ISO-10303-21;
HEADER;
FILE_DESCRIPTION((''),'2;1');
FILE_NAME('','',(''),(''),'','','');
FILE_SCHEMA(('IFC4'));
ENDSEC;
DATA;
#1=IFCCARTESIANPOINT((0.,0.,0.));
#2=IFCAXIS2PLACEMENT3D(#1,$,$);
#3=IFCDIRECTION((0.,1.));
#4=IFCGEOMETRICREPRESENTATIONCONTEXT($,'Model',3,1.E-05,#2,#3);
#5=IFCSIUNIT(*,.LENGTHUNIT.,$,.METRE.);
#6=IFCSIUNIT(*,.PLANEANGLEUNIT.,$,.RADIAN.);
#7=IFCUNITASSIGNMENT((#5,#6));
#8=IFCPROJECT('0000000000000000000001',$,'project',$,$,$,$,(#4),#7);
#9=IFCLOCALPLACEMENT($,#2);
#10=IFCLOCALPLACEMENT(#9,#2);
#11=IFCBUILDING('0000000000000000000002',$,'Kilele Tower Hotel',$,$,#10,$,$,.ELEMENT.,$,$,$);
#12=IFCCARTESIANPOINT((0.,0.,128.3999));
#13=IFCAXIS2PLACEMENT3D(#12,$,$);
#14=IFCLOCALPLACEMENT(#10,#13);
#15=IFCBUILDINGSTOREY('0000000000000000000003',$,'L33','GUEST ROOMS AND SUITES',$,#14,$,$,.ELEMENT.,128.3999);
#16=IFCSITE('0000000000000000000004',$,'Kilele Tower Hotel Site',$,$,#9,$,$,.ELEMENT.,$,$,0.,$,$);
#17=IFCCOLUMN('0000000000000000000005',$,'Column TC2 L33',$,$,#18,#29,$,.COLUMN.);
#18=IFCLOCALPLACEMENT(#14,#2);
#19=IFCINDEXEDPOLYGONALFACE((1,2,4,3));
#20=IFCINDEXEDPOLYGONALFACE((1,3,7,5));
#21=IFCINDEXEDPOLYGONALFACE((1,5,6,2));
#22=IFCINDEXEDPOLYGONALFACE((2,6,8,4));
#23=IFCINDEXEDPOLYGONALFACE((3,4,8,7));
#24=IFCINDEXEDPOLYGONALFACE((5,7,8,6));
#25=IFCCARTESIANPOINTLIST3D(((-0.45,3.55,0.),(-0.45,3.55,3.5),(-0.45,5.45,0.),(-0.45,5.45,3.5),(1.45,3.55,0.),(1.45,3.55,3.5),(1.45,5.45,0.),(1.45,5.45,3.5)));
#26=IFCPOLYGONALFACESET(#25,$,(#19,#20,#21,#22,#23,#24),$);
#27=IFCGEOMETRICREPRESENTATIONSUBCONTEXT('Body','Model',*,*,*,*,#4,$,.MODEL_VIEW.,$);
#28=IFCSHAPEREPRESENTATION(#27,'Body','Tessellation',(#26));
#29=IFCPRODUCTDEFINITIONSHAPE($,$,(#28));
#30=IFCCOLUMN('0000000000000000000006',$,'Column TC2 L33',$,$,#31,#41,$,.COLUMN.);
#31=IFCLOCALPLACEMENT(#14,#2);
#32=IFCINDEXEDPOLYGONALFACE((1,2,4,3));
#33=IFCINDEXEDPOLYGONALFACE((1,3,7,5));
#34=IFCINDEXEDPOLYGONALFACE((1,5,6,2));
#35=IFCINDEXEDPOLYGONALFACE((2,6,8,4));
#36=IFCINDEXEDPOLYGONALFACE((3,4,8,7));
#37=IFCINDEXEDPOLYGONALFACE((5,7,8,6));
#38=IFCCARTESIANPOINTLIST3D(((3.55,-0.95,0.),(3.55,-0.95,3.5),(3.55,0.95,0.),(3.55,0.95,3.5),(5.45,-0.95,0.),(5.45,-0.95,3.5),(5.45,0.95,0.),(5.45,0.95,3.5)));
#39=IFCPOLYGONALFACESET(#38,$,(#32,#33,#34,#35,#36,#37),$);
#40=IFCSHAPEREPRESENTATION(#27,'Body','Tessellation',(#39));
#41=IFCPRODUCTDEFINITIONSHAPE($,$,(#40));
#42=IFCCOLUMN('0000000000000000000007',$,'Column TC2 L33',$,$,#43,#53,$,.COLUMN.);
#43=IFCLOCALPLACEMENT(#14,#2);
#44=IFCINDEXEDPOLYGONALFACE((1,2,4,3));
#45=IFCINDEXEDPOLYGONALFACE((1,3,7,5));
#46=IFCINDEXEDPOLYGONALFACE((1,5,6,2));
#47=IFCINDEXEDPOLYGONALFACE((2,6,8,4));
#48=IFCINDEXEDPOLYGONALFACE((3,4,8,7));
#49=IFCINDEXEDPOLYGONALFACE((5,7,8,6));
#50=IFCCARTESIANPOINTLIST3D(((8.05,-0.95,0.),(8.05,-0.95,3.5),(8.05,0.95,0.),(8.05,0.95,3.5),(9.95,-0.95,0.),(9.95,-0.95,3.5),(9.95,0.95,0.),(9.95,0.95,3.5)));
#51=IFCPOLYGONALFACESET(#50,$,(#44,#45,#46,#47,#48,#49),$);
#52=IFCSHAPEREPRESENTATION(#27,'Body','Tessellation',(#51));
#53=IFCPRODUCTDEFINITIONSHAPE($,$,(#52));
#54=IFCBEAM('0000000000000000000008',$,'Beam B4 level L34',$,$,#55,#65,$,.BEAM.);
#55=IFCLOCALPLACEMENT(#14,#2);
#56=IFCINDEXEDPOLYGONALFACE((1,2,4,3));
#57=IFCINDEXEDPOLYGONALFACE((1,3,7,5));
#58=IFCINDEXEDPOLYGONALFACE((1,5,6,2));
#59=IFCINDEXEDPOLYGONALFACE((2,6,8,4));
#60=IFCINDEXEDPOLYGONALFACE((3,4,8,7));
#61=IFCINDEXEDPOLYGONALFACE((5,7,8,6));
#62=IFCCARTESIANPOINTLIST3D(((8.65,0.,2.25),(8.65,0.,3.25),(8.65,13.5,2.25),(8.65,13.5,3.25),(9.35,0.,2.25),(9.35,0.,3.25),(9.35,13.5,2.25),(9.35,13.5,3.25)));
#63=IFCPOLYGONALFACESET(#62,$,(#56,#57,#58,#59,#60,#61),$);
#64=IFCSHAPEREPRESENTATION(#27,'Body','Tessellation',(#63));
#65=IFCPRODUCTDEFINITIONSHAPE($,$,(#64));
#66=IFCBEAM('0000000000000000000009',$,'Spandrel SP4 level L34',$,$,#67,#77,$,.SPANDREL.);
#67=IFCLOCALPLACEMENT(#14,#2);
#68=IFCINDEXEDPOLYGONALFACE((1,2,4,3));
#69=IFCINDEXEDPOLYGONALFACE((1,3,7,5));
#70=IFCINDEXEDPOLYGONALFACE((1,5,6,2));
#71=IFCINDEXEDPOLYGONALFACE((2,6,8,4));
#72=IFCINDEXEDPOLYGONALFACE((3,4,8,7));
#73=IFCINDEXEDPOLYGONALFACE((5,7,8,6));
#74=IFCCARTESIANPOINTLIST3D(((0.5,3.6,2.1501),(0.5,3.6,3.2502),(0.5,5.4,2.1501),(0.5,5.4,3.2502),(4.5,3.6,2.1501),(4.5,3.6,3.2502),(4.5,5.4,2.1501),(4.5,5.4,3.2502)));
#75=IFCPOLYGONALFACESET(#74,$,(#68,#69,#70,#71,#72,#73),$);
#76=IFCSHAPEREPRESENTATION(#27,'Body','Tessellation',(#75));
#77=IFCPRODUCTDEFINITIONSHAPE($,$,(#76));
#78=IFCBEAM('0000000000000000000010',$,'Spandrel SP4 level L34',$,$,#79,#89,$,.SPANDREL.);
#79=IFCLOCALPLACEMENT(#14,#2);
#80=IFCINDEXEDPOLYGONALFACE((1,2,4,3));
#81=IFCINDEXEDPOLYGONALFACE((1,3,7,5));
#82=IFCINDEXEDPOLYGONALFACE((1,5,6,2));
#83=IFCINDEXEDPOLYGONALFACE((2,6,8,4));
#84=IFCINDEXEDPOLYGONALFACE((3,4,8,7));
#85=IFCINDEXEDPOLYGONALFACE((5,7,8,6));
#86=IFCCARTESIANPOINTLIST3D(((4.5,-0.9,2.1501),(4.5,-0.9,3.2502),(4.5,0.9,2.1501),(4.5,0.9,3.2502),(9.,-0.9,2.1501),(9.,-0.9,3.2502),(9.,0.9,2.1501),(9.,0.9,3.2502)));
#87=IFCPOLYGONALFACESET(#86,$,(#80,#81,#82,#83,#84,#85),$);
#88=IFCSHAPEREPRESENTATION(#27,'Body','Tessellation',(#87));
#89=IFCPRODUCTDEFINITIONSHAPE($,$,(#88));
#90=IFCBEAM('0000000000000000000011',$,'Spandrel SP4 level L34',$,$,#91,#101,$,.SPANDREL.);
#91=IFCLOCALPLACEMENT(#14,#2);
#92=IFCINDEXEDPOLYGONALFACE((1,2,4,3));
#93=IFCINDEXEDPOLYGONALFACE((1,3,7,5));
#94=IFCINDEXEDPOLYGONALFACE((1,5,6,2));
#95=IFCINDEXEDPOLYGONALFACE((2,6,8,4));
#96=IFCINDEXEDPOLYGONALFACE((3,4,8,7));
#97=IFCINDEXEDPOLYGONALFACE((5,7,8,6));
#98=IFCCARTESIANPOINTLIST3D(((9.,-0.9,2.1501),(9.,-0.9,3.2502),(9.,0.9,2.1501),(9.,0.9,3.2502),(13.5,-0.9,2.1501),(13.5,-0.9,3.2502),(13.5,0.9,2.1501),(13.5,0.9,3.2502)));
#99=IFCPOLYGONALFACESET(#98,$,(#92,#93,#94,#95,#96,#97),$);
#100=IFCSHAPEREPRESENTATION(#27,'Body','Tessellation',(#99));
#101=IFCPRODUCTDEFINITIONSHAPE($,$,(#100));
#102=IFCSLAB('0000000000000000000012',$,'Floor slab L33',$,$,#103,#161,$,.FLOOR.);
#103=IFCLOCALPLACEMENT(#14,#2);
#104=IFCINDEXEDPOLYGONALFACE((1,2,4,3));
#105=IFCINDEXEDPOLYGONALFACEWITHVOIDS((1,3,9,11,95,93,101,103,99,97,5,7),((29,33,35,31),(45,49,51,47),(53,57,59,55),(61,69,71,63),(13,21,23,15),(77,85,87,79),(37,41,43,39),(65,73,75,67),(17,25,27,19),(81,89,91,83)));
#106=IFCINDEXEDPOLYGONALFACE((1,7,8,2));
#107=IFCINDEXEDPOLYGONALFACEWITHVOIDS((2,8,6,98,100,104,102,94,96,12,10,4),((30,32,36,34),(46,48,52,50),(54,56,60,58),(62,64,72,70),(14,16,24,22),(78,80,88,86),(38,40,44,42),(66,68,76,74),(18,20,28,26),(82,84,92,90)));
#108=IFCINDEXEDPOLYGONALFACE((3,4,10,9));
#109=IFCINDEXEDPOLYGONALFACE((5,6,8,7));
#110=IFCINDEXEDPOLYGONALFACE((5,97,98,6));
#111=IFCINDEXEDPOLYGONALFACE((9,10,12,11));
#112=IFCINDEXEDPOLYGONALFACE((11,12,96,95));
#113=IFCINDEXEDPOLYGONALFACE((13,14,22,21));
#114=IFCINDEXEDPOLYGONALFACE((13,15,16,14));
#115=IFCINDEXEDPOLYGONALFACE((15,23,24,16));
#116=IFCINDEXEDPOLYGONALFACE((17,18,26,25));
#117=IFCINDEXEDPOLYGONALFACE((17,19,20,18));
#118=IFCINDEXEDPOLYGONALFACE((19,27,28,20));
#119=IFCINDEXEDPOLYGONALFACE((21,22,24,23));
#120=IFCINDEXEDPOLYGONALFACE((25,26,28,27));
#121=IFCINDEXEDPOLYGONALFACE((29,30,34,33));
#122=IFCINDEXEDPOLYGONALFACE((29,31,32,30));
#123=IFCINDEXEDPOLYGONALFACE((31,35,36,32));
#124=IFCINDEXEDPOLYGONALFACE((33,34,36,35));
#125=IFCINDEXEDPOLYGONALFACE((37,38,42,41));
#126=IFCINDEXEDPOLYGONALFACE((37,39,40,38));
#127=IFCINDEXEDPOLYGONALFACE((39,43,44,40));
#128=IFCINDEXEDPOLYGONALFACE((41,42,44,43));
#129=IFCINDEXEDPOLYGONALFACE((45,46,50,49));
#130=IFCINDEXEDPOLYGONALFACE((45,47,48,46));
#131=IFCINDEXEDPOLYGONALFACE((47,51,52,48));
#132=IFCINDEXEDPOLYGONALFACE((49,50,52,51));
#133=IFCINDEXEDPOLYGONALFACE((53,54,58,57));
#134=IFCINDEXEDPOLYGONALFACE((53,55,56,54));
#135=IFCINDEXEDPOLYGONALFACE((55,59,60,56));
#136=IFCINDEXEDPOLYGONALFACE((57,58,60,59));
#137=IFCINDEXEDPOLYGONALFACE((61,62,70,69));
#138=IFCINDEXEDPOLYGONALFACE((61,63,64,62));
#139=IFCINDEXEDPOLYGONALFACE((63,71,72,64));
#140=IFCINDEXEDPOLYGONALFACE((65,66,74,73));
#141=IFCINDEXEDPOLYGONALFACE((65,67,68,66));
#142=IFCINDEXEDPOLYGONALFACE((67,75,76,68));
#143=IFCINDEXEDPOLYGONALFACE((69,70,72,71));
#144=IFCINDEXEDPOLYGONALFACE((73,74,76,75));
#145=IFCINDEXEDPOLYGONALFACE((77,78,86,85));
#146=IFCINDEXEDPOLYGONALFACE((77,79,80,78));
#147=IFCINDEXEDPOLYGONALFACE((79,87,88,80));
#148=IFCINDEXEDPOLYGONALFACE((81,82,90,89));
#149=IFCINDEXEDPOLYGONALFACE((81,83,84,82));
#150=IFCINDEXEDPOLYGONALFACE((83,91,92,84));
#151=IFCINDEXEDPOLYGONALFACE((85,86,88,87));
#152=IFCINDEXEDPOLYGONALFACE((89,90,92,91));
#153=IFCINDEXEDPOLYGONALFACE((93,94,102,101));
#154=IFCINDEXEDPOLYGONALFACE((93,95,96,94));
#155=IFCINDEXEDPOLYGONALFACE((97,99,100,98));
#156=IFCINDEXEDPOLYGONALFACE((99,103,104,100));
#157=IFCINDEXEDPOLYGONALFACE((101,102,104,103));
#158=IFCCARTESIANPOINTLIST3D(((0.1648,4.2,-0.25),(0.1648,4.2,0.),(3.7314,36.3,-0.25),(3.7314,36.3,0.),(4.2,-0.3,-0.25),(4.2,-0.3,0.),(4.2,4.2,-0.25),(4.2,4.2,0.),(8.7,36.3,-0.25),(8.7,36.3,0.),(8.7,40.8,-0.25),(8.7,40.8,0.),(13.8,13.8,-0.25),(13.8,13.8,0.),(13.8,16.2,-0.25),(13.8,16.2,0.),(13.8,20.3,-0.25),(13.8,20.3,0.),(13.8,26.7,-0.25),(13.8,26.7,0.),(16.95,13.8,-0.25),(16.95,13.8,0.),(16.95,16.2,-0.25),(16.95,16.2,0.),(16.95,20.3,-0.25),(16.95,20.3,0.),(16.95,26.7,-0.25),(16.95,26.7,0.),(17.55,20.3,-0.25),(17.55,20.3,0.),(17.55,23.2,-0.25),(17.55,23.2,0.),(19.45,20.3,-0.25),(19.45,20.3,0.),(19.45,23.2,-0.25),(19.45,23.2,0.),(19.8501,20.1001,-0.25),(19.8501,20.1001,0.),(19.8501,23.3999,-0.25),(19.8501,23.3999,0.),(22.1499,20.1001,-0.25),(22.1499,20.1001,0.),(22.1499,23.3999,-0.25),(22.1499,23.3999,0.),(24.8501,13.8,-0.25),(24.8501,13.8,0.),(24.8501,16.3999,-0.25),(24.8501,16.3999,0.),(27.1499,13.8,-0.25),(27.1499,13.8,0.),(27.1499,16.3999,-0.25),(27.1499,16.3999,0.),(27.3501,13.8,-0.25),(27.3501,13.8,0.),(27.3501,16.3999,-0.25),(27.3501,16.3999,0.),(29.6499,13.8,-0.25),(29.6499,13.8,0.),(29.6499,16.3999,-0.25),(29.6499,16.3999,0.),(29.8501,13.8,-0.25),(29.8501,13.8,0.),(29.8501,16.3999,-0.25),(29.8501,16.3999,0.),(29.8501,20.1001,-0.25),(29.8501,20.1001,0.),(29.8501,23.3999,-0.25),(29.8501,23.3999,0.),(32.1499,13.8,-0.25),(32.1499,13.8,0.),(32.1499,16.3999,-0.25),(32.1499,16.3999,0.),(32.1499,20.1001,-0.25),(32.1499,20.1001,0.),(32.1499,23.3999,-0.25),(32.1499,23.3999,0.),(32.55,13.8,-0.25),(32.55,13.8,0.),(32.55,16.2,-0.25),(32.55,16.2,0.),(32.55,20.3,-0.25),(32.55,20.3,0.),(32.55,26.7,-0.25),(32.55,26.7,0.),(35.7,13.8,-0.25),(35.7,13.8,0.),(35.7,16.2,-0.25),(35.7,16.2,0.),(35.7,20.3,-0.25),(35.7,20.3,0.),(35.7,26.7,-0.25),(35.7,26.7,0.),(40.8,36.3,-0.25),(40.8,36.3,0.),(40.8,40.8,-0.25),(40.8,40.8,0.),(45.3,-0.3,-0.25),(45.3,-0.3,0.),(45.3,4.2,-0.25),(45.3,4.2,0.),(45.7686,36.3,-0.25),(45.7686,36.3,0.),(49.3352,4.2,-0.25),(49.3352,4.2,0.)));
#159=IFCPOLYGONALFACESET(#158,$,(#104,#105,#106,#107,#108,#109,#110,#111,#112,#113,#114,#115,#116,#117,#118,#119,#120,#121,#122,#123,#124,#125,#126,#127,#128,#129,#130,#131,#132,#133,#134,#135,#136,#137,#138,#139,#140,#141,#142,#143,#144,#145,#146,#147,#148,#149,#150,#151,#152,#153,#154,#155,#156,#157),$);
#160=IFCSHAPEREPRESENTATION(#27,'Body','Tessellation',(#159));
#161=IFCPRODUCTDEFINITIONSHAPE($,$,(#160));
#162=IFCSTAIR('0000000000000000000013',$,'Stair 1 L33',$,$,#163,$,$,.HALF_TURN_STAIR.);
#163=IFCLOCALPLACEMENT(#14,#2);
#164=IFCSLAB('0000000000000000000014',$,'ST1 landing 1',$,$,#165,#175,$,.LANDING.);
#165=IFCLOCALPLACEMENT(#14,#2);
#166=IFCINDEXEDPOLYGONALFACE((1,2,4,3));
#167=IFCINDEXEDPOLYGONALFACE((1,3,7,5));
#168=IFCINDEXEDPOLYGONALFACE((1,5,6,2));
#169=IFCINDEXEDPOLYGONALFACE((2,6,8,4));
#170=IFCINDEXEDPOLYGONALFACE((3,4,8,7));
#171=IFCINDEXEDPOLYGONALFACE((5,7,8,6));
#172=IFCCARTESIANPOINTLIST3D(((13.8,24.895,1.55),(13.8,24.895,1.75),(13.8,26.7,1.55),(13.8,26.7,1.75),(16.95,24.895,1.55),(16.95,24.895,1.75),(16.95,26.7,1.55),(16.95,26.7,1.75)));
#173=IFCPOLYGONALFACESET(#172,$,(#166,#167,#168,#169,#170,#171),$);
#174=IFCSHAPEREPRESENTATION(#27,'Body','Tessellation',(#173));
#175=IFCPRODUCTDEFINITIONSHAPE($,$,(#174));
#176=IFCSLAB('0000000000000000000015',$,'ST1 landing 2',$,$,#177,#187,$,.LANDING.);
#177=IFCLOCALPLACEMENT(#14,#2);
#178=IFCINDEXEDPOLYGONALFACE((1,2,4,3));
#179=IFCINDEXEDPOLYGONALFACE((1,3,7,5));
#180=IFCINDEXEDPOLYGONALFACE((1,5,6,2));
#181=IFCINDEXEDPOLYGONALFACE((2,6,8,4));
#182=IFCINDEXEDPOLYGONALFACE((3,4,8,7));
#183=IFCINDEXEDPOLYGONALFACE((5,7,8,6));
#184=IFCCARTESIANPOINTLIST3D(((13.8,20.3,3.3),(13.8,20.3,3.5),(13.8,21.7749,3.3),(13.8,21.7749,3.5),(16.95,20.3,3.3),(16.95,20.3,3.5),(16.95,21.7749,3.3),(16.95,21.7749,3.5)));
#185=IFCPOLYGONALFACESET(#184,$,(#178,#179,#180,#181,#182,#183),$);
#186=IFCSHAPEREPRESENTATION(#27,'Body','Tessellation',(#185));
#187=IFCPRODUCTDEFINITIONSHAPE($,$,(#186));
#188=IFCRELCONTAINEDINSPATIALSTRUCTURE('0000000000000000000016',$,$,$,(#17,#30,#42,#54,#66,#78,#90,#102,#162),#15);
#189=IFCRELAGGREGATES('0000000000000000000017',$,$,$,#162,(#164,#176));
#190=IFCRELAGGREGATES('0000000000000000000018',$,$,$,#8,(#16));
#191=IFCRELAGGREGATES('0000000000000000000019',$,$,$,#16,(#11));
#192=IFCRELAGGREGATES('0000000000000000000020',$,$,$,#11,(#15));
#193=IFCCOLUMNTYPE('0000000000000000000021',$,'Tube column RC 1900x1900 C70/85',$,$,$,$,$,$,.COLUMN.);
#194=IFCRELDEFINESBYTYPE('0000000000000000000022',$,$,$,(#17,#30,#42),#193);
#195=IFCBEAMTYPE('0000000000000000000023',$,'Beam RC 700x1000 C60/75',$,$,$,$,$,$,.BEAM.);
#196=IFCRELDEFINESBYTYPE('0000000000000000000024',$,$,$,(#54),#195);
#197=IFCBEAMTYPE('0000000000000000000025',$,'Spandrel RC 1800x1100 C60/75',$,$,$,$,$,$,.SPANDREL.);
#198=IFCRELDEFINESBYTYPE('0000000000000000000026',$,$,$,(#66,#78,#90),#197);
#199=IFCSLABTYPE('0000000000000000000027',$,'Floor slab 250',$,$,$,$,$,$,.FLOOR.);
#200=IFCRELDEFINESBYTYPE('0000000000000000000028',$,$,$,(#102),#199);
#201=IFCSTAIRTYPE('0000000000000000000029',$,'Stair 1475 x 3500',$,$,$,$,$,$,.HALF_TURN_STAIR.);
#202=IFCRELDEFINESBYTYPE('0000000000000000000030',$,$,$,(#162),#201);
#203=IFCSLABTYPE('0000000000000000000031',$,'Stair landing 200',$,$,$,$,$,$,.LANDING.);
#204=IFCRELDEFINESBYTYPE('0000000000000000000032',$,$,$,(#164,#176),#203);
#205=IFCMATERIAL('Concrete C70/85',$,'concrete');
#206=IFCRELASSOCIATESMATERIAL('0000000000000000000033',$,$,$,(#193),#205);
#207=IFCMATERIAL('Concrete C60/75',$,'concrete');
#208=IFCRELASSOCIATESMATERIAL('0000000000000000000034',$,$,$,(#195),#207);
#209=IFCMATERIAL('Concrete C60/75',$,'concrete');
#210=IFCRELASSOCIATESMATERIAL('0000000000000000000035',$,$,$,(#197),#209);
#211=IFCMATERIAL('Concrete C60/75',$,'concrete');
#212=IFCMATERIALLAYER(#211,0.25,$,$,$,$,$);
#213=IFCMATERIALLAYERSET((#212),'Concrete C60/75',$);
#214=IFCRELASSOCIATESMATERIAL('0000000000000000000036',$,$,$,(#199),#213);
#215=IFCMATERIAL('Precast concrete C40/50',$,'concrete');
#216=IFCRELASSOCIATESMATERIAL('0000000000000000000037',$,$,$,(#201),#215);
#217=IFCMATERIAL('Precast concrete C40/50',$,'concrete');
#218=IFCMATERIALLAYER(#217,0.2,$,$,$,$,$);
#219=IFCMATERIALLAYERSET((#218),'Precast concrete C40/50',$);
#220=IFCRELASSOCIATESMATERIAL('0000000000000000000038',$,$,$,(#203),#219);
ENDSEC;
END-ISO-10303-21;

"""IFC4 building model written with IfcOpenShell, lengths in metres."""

from ifc_helpers import new_model, si_unit, direction, frame, origin, origin_2d, place, context, subcontext, project, spatial, polyline, rectangle, outline, extrude, material, layer, layer_set, material_profile, profile_set, type_object, element, aggregate, save


model = new_model("IFC4")

# Units and contexts
model_context = context("Model", 3, precision=1e-05, world=origin(), true_north=direction((0.0, 1.0)))
body_context = subcontext(model_context, "Body", "Model", "MODEL_VIEW")
ifc_project = project(units=[si_unit("LENGTHUNIT", "METRE"), si_unit("PLANEANGLEUNIT", "RADIAN")], contexts=[model_context])

# Site, building, storey
site_placement = place(None, origin())
site = spatial("IfcSite", under=ifc_project, at=site_placement, Name="Kilele Tower Hotel Site", CompositionType="ELEMENT", RefElevation=0.0)
building_placement = place(site_placement, origin())
building = spatial("IfcBuilding", under=site, at=building_placement, Name="Kilele Tower Hotel", CompositionType="ELEMENT")
storey_placement = place(building_placement, frame((0.0, 0.0, 128.3999)))
storey = spatial("IfcBuildingStorey", under=building, at=storey_placement, Name="L33", Description="GUEST ROOMS AND SUITES", CompositionType="ELEMENT", Elevation=128.3999)

# Columns
ifc_material_1 = material(Name="Concrete C70/85", Category="concrete")
ifc_material_profile_1 = material_profile(ifc_material_1, rectangle(XDim=1.8999, YDim=1.8999, at=origin_2d()))
ifc_profile_set_1 = profile_set([ifc_material_profile_1], Name="Concrete C70/85")
column_type = type_object("IfcColumnType", Name="Tube column RC 1900x1900 C70/85", PredefinedType="COLUMN", material=ifc_profile_set_1)
for number, where, z_axis, x_axis, name in (
    (1, (0.5, 4.5, 0.0), (0.0, 0.0, 1.0), (1.0, 0.0, 0.0), "Column TC2 L33"),
    (2, (4.5, 0.0, 0.0), (0.0, 0.0, 1.0), (1.0, 0.0, 0.0), "Column TC2 L33"),
    (3, (9.0, 0.0, 0.0), (0.0, 0.0, 1.0), (1.0, 0.0, 0.0), "Column TC2 L33"),
):
    element("IfcColumn", number, at=place(storey_placement, frame(where, z_axis=z_axis, x_axis=x_axis)), inside=storey, type_object=column_type, Name=name, PredefinedType="COLUMN", context=body_context, shape_type="SweptSolid", body=[
        extrude(rectangle(XDim=1.8999, YDim=1.8999, at=origin_2d()), origin(), (0.0, 0.0, 1.0), 3.5),
    ])

# Beams
ifc_material_2 = material(Name="Concrete C60/75", Category="concrete")
ifc_material_profile_2 = material_profile(ifc_material_2, rectangle(XDim=0.7, YDim=1.0, at=origin_2d()))
ifc_profile_set_2 = profile_set([ifc_material_profile_2], Name="Concrete C60/75")
beam_type_1 = type_object("IfcBeamType", Name="Beam RC 700x1000 C60/75", PredefinedType="BEAM", material=ifc_profile_set_2)
beam_1_placement = place(storey_placement, frame((9.0, 0.0, 2.75), z_axis=(0.0, 1.0, 0.0), x_axis=(-1.0, 0.0, 0.0)))
element("IfcBeam", 4, at=beam_1_placement, inside=storey, type_object=beam_type_1, Name="Beam B4 level L34", PredefinedType="BEAM", context=body_context, shape_type="SweptSolid", body=[
    extrude(rectangle(XDim=0.7, YDim=1.0, at=origin_2d()), origin(), (0.0, 0.0, 1.0), 13.5),
])
ifc_material_3 = material(Name="Concrete C60/75", Category="concrete")
ifc_material_profile_3 = material_profile(ifc_material_3, rectangle(XDim=1.8, YDim=1.1001, at=origin_2d()))
ifc_profile_set_3 = profile_set([ifc_material_profile_3], Name="Concrete C60/75")
beam_type_2 = type_object("IfcBeamType", Name="Spandrel RC 1800x1100 C60/75", PredefinedType="SPANDREL", material=ifc_profile_set_3)
beam_2_placement = place(storey_placement, frame((0.5, 4.5, 2.7002), z_axis=(1.0, 0.0, 0.0), x_axis=(0.0, 1.0, 0.0)))
element("IfcBeam", 5, at=beam_2_placement, inside=storey, type_object=beam_type_2, Name="Spandrel SP4 level L34", PredefinedType="SPANDREL", context=body_context, shape_type="SweptSolid", body=[
    extrude(rectangle(XDim=1.8, YDim=1.1001, at=origin_2d()), origin(), (0.0, 0.0, 1.0), 4.0),
])
for number, where, z_axis, x_axis, name in (
    (6, (4.5, 0.0, 2.7002), (1.0, 0.0, 0.0), (0.0, 1.0, 0.0), "Spandrel SP4 level L34"),
    (7, (9.0, 0.0, 2.7002), (1.0, 0.0, 0.0), (0.0, 1.0, 0.0), "Spandrel SP4 level L34"),
):
    element("IfcBeam", number, at=place(storey_placement, frame(where, z_axis=z_axis, x_axis=x_axis)), inside=storey, type_object=beam_type_2, Name=name, PredefinedType="SPANDREL", context=body_context, shape_type="SweptSolid", body=[
        extrude(rectangle(XDim=1.8, YDim=1.1001, at=origin_2d()), origin(), (0.0, 0.0, 1.0), 4.5),
    ])

# Slab
ifc_material_4 = material(Name="Concrete C60/75", Category="concrete")
ifc_layer_1 = layer(ifc_material_4, 0.25)
ifc_layer_set_1 = layer_set([ifc_layer_1], Name="Concrete C60/75")
slab_type_1 = type_object("IfcSlabType", Name="Floor slab 250", PredefinedType="FLOOR", material=ifc_layer_set_1)
slab_1_placement = place(storey_placement, frame((0.0, 0.0, -0.25)))
element("IfcSlab", 8, at=slab_1_placement, inside=storey, type_object=slab_type_1, Name="Floor slab L33", PredefinedType="FLOOR", context=body_context, shape_type="SweptSolid", body=[
    extrude(outline(polyline([(8.7, 36.3), (8.7, 40.8), (40.8, 40.8), (40.8, 36.3), (45.7686, 36.3), (49.3352, 4.2), (45.3, 4.2), (45.3, -0.3), (4.2, -0.3), (4.2, 4.2), (0.1648, 4.2), (3.7314, 36.3), (8.7, 36.3)]), holes=[polyline([(16.95, 16.2), (13.8, 16.2), (13.8, 13.8), (16.95, 13.8), (16.95, 16.2)]), polyline([(35.7, 16.2), (32.55, 16.2), (32.55, 13.8), (35.7, 13.8), (35.7, 16.2)]), polyline([(27.1499, 16.3999), (24.8501, 16.3999), (24.8501, 13.8), (27.1499, 13.8), (27.1499, 16.3999)]), polyline([(29.6499, 13.8), (29.6499, 16.3999), (27.3501, 16.3999), (27.3501, 13.8), (29.6499, 13.8)]), polyline([(32.1499, 13.8), (32.1499, 16.3999), (29.8501, 16.3999), (29.8501, 13.8), (32.1499, 13.8)]), polyline([(19.45, 23.2), (17.55, 23.2), (17.55, 20.3), (19.45, 20.3), (19.45, 23.2)]), polyline([(22.1499, 23.3999), (19.8501, 23.3999), (19.8501, 20.1001), (22.1499, 20.1001), (22.1499, 23.3999)]), polyline([(32.1499, 23.3999), (29.8501, 23.3999), (29.8501, 20.1001), (32.1499, 20.1001), (32.1499, 23.3999)]), polyline([(16.95, 20.3), (16.95, 26.7), (13.8, 26.7), (13.8, 20.3), (16.95, 20.3)]), polyline([(35.7, 20.3), (35.7, 26.7), (32.55, 26.7), (32.55, 20.3), (35.7, 20.3)])]), origin(), (0.0, 0.0, 1.0), 0.25),
])

# Stair, slabs
ifc_material_5 = material(Name="Precast concrete C40/50", Category="concrete")
stair_type = type_object("IfcStairType", Name="Stair 1475 x 3500", PredefinedType="HALF_TURN_STAIR", material=ifc_material_5)
stair_1_placement = place(storey_placement, origin())
stair_1 = element("IfcStair", 9, at=stair_1_placement, inside=storey, type_object=stair_type, Name="Stair 1 L33", PredefinedType="HALF_TURN_STAIR")
ifc_material_6 = material(Name="Precast concrete C40/50", Category="concrete")
ifc_layer_2 = layer(ifc_material_6, 0.2)
ifc_layer_set_2 = layer_set([ifc_layer_2], Name="Precast concrete C40/50")
slab_type_2 = type_object("IfcSlabType", Name="Stair landing 200", PredefinedType="LANDING", material=ifc_layer_set_2)
slab_2_placement = place(storey_placement, frame((0.0, 0.0, 1.55)))
slab_2 = element("IfcSlab", 10, at=slab_2_placement, type_object=slab_type_2, Name="ST1 landing 1", PredefinedType="LANDING", context=body_context, shape_type="SweptSolid", body=[
    extrude(outline(polyline([(13.8, 24.895), (16.95, 24.895), (16.95, 26.7), (13.8, 26.7), (13.8, 24.895)])), origin(), (0.0, 0.0, 1.0), 0.2),
])
slab_3_placement = place(storey_placement, frame((0.0, 0.0, 3.3)))
slab_3 = element("IfcSlab", 11, at=slab_3_placement, type_object=slab_type_2, Name="ST1 landing 2", PredefinedType="LANDING", context=body_context, shape_type="SweptSolid", body=[
    extrude(outline(polyline([(13.8, 20.3), (16.95, 20.3), (16.95, 21.7749), (13.8, 21.7749), (13.8, 20.3)])), origin(), (0.0, 0.0, 1.0), 0.2),
])
aggregate(stair_1, [slab_2, slab_3])

save(model, "model.ifc")
